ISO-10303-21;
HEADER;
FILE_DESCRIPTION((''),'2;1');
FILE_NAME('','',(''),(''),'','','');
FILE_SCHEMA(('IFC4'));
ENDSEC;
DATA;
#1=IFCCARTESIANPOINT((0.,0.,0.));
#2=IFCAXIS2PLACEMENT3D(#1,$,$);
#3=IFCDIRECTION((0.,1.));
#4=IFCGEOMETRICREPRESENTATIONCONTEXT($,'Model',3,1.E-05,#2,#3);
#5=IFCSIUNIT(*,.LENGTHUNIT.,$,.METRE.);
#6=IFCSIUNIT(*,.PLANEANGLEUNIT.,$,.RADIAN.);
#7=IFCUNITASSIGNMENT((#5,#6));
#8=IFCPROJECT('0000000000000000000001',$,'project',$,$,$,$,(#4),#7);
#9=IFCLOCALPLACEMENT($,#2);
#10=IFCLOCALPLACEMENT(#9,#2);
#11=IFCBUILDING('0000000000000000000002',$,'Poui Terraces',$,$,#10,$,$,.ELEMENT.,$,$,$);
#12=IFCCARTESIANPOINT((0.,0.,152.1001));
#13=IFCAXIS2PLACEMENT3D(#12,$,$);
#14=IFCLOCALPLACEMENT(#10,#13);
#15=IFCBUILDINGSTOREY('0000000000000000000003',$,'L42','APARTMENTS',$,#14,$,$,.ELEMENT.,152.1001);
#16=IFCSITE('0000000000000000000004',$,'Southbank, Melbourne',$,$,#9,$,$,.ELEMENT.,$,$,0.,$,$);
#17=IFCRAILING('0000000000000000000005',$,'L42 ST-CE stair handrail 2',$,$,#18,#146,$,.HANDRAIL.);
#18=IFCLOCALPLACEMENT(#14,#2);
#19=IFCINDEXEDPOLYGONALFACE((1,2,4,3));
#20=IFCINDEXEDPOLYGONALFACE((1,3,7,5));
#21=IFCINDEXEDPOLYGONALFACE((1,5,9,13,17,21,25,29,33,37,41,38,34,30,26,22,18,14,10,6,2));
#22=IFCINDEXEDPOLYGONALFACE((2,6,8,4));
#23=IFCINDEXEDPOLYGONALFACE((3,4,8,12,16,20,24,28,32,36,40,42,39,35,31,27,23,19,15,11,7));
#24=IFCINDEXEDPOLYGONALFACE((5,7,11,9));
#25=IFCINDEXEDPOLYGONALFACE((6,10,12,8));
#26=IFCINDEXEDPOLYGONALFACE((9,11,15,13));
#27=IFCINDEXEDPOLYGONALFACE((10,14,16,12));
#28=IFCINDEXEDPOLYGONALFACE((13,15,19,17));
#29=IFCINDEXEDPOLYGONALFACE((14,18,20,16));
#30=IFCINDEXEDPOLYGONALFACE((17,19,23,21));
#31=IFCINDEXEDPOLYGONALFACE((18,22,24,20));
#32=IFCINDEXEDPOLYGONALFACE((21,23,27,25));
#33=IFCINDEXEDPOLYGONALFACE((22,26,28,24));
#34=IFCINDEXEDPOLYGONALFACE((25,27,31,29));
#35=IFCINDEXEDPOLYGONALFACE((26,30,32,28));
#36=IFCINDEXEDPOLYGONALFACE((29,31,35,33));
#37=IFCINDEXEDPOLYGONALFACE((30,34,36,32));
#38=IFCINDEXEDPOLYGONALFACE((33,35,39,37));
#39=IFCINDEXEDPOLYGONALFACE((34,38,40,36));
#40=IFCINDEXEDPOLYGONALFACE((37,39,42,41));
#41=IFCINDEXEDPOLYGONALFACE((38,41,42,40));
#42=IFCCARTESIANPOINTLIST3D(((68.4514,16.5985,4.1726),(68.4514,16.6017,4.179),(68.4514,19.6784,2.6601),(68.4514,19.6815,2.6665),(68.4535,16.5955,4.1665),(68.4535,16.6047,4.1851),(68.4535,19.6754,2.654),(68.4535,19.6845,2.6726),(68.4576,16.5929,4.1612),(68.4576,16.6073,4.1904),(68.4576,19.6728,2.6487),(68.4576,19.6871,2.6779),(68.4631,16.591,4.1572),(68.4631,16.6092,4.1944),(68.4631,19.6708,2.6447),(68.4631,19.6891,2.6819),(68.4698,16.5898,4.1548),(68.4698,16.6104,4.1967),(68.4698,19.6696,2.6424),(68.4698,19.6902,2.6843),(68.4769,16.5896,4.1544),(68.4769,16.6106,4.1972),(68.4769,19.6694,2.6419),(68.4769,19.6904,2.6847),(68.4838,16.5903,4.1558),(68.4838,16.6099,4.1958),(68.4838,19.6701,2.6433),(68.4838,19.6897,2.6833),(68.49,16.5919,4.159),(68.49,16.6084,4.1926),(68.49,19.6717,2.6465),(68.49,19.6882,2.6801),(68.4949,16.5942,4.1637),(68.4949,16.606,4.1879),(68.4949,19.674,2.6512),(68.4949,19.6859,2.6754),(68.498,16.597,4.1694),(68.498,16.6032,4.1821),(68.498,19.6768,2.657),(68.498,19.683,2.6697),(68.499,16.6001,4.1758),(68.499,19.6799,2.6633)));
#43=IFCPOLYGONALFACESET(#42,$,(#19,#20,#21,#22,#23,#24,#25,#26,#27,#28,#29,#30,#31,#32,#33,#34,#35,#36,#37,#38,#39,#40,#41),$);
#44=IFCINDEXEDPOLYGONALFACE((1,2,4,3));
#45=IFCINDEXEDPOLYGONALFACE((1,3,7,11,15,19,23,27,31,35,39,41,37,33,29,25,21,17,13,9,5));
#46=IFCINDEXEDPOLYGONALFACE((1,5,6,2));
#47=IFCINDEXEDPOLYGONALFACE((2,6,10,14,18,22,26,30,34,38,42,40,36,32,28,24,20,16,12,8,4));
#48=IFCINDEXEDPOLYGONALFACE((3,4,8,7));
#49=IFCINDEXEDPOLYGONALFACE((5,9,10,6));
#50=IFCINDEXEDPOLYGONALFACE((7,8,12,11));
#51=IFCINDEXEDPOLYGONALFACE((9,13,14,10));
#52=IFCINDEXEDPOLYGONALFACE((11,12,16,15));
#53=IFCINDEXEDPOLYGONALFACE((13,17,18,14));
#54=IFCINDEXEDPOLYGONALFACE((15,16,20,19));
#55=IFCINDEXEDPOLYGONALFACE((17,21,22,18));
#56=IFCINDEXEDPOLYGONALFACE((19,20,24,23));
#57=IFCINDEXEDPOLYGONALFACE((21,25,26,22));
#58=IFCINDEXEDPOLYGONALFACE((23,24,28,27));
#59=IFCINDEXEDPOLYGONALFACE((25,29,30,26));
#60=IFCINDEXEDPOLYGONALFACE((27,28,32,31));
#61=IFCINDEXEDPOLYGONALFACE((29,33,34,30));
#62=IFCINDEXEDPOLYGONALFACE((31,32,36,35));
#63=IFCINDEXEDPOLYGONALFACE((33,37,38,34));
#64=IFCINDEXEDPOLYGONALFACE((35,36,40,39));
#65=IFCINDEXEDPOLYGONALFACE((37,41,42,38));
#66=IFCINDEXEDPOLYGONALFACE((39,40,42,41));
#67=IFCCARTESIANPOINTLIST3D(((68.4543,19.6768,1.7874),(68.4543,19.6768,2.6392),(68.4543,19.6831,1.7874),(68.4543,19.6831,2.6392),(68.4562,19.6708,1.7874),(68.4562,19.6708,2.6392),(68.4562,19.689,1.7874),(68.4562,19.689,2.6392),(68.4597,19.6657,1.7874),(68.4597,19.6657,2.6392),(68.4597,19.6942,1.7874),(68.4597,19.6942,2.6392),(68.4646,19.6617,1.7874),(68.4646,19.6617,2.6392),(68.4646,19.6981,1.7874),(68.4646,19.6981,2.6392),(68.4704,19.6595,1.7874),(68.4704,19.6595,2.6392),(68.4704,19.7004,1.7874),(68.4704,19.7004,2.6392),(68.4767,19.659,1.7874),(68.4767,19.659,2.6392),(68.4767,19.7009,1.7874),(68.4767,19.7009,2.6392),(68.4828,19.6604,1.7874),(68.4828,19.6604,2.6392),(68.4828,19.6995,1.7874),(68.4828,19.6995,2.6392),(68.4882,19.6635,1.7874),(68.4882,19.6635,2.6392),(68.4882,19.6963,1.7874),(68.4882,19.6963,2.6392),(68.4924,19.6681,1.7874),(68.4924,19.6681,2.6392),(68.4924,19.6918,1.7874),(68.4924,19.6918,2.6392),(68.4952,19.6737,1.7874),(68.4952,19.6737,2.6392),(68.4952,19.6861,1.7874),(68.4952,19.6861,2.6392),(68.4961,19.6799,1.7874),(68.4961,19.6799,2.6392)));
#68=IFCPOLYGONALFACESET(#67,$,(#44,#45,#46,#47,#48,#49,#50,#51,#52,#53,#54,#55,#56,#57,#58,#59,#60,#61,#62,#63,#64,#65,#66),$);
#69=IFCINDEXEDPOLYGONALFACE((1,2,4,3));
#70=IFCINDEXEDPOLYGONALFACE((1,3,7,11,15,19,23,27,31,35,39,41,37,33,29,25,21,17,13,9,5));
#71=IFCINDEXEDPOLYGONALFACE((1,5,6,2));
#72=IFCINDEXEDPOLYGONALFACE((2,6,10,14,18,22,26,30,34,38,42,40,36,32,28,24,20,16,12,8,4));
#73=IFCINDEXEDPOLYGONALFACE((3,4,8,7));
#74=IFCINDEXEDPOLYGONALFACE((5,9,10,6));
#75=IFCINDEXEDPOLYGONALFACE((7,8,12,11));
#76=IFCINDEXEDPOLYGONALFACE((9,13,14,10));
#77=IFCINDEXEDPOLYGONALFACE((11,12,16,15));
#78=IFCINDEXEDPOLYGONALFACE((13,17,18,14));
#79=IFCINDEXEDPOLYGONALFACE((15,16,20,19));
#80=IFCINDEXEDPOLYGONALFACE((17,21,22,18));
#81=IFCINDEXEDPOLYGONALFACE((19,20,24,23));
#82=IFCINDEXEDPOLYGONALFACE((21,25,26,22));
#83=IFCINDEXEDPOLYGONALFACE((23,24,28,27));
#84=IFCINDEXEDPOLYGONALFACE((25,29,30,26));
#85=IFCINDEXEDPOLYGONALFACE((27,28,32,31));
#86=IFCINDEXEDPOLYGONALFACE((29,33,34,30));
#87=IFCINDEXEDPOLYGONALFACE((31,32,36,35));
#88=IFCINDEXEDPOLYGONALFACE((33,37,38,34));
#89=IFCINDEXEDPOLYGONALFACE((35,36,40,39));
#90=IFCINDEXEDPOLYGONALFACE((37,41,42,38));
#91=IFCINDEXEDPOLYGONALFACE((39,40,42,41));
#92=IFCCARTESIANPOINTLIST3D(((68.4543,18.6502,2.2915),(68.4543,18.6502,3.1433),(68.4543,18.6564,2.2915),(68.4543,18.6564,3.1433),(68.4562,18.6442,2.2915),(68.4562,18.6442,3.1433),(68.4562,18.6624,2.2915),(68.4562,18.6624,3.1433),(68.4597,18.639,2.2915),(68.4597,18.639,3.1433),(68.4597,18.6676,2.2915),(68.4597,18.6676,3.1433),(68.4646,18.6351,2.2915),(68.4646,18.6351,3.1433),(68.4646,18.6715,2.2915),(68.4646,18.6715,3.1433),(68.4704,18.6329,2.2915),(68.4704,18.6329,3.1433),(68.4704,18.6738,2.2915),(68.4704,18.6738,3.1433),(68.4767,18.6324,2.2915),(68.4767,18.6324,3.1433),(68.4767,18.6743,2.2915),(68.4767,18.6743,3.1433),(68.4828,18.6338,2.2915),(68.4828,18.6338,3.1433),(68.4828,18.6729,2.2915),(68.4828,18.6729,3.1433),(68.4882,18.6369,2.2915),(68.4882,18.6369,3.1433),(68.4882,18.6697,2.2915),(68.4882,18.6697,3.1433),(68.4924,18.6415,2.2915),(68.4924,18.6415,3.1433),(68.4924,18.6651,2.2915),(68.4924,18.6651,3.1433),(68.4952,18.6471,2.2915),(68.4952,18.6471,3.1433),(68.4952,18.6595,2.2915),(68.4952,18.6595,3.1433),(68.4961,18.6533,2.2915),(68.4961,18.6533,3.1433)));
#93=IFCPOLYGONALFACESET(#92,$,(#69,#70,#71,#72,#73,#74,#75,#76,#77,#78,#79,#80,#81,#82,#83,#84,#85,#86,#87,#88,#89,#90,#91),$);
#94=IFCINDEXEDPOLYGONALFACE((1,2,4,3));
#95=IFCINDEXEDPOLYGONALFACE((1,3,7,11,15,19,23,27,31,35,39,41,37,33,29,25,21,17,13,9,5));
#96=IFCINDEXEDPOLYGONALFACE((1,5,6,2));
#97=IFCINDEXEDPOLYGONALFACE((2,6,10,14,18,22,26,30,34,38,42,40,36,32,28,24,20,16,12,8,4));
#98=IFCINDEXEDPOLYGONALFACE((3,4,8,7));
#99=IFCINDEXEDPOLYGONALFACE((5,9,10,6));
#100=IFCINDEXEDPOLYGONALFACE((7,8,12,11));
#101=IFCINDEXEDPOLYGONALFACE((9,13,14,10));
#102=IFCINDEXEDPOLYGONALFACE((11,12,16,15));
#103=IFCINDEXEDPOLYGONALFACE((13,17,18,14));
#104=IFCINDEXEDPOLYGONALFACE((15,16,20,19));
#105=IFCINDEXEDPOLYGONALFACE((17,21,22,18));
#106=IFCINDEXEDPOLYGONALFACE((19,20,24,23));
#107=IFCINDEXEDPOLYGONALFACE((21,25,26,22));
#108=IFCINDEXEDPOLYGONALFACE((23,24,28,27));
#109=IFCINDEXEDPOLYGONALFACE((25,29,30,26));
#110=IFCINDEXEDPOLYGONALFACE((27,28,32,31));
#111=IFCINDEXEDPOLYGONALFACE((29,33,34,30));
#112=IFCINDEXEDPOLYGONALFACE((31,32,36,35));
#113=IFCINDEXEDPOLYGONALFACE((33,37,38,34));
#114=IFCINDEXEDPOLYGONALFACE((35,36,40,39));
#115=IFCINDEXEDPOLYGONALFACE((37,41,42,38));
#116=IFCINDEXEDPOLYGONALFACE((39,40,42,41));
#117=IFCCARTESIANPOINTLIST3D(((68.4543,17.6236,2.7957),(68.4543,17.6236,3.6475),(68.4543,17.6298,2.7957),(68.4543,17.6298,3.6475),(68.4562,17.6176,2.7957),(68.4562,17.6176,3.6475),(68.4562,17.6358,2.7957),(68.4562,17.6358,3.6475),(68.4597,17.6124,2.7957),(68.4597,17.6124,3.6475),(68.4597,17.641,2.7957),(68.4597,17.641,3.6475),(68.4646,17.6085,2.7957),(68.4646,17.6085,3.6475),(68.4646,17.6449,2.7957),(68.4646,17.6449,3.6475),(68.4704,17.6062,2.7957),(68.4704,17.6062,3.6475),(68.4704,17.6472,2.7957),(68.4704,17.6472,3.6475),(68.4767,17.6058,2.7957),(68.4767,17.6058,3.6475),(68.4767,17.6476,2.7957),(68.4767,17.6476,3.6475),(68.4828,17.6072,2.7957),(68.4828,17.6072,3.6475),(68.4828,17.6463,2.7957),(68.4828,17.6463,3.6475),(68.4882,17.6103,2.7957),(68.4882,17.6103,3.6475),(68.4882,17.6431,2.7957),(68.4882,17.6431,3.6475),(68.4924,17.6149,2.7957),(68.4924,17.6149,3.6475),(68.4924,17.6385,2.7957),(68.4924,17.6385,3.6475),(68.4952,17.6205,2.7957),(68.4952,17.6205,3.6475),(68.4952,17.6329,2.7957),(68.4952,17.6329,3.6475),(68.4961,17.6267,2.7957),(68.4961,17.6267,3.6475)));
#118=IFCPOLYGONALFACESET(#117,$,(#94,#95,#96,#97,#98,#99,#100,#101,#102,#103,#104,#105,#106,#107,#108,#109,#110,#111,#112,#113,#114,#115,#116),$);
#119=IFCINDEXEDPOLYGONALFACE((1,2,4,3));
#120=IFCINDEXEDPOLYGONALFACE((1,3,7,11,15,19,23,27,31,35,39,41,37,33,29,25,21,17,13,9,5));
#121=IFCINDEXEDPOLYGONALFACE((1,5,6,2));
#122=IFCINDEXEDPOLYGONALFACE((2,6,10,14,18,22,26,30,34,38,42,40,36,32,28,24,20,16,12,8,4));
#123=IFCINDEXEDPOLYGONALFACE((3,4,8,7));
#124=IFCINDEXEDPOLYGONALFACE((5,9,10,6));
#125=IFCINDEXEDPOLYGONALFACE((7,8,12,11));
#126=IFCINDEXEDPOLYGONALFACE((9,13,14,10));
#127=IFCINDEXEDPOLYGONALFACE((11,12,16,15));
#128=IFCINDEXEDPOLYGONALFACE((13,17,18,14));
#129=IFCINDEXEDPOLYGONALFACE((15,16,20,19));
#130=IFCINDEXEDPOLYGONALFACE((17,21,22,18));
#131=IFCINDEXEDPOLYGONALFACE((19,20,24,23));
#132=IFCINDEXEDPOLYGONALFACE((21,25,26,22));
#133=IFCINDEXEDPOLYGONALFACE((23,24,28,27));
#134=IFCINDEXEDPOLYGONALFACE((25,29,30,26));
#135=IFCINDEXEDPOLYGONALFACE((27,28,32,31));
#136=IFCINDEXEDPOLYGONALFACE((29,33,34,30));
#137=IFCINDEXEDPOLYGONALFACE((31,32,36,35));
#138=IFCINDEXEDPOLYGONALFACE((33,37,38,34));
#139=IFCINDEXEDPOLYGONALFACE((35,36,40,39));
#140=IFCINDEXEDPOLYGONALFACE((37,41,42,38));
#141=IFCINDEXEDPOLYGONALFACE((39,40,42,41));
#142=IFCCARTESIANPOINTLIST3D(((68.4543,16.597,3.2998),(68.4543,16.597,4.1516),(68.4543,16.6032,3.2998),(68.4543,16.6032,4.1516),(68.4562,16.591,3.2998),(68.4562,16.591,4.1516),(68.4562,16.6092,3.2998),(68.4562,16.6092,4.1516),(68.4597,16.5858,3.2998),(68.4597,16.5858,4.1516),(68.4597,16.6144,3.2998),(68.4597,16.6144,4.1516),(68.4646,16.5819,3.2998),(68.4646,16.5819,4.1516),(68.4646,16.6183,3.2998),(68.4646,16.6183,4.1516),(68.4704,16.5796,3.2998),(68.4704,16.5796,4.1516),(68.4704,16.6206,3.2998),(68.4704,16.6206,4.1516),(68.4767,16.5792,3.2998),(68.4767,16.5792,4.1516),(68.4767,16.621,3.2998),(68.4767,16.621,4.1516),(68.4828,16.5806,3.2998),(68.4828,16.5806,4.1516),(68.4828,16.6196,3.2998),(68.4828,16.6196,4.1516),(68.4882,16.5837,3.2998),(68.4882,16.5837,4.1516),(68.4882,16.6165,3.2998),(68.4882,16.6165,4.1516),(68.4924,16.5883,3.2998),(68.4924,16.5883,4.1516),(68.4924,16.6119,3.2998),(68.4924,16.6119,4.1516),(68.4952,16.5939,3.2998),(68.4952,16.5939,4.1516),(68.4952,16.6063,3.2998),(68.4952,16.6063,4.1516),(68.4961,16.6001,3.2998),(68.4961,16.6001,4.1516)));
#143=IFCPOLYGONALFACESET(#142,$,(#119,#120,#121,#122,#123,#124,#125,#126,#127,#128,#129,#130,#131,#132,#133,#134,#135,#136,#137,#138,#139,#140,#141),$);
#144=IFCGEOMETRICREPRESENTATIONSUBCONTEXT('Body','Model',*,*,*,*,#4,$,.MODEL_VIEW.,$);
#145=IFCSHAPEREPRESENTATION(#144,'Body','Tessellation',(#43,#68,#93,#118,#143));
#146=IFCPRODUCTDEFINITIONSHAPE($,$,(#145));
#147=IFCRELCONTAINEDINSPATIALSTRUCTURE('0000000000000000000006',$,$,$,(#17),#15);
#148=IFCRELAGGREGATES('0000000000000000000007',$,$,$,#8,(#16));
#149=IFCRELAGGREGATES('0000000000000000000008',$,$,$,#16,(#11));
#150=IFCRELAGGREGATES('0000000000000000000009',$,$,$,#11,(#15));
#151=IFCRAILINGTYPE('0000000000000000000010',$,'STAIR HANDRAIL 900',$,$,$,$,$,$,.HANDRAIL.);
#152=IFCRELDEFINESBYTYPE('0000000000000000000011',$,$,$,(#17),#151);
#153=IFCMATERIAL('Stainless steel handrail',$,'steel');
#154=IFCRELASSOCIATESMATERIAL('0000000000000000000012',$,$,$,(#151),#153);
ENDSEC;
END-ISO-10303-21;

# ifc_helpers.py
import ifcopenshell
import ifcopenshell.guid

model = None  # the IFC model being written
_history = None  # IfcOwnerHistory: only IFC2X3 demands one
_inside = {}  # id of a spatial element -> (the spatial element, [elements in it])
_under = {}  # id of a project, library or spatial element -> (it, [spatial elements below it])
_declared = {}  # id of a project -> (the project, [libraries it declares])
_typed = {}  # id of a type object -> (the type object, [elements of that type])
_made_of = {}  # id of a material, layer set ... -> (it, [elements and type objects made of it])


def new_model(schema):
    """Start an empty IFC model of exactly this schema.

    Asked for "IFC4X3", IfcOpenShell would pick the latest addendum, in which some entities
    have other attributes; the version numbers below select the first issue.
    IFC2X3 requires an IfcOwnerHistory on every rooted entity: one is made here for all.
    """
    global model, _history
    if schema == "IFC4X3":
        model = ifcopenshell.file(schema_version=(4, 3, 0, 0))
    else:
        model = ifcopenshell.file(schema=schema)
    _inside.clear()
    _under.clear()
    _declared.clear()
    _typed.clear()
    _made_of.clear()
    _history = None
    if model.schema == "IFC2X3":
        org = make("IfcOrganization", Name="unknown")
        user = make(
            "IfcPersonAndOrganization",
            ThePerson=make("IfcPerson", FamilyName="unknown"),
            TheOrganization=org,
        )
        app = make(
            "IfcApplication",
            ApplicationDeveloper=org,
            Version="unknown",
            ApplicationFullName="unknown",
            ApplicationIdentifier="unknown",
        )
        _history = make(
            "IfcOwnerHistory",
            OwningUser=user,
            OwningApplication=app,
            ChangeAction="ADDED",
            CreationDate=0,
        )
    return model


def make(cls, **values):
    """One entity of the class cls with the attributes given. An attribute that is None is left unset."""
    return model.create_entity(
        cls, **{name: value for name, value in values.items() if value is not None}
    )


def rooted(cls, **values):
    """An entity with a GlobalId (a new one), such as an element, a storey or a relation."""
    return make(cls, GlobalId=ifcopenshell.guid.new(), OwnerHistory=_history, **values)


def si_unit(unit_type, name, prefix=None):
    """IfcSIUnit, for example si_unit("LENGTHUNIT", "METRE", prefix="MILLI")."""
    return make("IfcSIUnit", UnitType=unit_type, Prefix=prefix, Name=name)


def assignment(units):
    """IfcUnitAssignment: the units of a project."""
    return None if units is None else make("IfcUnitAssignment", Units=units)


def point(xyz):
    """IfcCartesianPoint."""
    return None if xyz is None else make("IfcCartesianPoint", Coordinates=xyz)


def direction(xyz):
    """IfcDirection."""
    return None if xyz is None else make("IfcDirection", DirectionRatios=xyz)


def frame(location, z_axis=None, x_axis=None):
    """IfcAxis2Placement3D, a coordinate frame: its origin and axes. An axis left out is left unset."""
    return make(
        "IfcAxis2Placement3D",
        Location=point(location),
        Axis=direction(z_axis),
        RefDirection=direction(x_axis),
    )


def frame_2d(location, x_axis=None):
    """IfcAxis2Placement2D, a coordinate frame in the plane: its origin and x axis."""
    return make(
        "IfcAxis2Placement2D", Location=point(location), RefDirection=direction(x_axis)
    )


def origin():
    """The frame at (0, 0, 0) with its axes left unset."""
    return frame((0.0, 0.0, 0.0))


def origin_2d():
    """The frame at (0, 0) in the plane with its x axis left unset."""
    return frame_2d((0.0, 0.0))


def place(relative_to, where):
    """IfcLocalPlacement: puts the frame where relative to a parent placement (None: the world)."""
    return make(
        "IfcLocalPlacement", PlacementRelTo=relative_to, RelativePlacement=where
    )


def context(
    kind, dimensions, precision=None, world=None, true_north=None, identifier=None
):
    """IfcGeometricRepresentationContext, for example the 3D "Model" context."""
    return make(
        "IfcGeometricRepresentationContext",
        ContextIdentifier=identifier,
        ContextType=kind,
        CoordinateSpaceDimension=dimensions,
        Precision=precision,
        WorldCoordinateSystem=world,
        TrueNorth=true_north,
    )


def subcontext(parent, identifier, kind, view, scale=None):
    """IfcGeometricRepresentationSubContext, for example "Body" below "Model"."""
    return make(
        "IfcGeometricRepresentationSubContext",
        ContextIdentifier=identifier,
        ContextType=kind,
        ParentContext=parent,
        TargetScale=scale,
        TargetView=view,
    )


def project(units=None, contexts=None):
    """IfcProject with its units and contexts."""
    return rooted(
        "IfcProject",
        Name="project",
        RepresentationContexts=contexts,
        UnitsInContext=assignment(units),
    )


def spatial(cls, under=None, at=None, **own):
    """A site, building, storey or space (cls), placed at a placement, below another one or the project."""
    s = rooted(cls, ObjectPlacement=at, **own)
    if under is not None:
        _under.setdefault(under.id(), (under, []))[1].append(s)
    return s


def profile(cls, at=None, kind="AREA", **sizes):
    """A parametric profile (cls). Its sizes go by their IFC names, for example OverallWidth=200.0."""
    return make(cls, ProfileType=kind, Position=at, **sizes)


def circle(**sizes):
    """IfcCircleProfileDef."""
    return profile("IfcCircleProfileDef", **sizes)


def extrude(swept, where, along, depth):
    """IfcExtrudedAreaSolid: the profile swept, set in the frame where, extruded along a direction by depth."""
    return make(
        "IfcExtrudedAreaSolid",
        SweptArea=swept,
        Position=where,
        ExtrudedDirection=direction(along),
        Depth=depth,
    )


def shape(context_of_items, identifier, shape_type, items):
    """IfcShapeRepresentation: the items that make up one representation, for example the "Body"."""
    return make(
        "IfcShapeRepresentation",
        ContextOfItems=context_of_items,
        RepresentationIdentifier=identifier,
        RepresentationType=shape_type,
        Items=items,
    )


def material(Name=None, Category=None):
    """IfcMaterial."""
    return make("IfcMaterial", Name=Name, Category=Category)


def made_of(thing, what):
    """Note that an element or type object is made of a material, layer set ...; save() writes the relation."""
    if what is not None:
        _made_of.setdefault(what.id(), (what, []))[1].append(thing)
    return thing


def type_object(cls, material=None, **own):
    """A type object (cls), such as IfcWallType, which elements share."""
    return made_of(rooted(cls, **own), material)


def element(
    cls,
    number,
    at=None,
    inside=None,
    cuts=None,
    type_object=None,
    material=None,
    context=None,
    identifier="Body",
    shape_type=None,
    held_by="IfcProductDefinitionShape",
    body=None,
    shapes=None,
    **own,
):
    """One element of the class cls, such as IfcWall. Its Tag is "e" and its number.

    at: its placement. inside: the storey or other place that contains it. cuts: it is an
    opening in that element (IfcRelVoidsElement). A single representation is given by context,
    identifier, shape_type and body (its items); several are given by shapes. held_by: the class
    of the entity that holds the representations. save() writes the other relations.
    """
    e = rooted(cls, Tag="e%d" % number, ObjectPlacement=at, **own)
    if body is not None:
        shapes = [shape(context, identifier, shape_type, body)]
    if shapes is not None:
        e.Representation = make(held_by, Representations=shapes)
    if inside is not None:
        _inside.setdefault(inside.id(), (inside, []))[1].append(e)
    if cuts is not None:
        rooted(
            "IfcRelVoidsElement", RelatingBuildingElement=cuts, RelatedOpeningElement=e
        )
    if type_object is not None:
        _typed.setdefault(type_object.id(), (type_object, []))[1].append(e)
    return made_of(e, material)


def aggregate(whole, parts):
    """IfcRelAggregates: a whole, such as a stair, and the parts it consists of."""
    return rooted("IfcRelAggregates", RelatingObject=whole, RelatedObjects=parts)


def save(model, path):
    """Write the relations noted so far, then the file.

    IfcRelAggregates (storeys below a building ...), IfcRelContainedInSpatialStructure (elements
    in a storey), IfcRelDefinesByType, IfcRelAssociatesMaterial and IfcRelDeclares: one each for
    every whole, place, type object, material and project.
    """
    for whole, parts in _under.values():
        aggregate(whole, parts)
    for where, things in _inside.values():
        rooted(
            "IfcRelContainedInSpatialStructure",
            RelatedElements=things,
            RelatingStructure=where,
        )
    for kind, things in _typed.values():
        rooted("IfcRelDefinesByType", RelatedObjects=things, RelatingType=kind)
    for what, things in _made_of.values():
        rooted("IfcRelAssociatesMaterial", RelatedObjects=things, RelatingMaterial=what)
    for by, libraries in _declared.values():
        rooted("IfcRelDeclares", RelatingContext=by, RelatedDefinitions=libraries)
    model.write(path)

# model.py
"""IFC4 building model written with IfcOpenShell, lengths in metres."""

from ifc_helpers import new_model, si_unit, direction, frame, origin, origin_2d, place, context, subcontext, project, spatial, circle, extrude, material, type_object, element, save


model = new_model("IFC4")

# Units and contexts
model_context = context("Model", 3, precision=1e-05, world=origin(), true_north=direction((0.0, 1.0)))
body_context = subcontext(model_context, "Body", "Model", "MODEL_VIEW")
ifc_project = project(units=[si_unit("LENGTHUNIT", "METRE"), si_unit("PLANEANGLEUNIT", "RADIAN")], contexts=[model_context])

# Site, building, storey
site_placement = place(None, origin())
site = spatial("IfcSite", under=ifc_project, at=site_placement, Name="Southbank, Melbourne", CompositionType="ELEMENT", RefElevation=0.0)
building_placement = place(site_placement, origin())
building = spatial("IfcBuilding", under=site, at=building_placement, Name="Poui Terraces", CompositionType="ELEMENT")
storey_placement = place(building_placement, frame((0.0, 0.0, 152.1001)))
storey = spatial("IfcBuildingStorey", under=building, at=storey_placement, Name="L42", Description="APARTMENTS", CompositionType="ELEMENT", Elevation=152.1001)

# Railing
ifc_material_1 = material(Name="Stainless steel handrail", Category="steel")
railing_type_1 = type_object("IfcRailingType", Name="STAIR HANDRAIL 900", PredefinedType="HANDRAIL", material=ifc_material_1)
railing_1_placement = place(storey_placement, frame((68.4751, 19.6799, 1.7874)))
element("IfcRailing", 1, at=railing_1_placement, inside=storey, type_object=railing_type_1, Name="L42 ST-CE stair handrail 2", PredefinedType="HANDRAIL", context=body_context, shape_type="SweptSolid", body=[
    extrude(circle(Radius=0.0239, at=origin_2d()), frame((0.0, 0.0, 0.876), z_axis=(0.0, -0.897606, 0.440798), x_axis=(1.0, 0.0, 0.0)), (0.0, 0.0, 1.0), 3.4312),
    extrude(circle(Radius=0.021, at=origin_2d()), origin(), (0.0, 0.0, 1.0), 0.8518),
    extrude(circle(Radius=0.021, at=origin_2d()), frame((0.0, -1.0266, 0.5042)), (0.0, 0.0, 1.0), 0.8518),
    extrude(circle(Radius=0.021, at=origin_2d()), frame((0.0, -2.0532, 1.0083)), (0.0, 0.0, 1.0), 0.8518),
    extrude(circle(Radius=0.021, at=origin_2d()), frame((0.0, -3.0798, 1.5125)), (0.0, 0.0, 1.0), 0.8518),
])

save(model, "model.ifc")
